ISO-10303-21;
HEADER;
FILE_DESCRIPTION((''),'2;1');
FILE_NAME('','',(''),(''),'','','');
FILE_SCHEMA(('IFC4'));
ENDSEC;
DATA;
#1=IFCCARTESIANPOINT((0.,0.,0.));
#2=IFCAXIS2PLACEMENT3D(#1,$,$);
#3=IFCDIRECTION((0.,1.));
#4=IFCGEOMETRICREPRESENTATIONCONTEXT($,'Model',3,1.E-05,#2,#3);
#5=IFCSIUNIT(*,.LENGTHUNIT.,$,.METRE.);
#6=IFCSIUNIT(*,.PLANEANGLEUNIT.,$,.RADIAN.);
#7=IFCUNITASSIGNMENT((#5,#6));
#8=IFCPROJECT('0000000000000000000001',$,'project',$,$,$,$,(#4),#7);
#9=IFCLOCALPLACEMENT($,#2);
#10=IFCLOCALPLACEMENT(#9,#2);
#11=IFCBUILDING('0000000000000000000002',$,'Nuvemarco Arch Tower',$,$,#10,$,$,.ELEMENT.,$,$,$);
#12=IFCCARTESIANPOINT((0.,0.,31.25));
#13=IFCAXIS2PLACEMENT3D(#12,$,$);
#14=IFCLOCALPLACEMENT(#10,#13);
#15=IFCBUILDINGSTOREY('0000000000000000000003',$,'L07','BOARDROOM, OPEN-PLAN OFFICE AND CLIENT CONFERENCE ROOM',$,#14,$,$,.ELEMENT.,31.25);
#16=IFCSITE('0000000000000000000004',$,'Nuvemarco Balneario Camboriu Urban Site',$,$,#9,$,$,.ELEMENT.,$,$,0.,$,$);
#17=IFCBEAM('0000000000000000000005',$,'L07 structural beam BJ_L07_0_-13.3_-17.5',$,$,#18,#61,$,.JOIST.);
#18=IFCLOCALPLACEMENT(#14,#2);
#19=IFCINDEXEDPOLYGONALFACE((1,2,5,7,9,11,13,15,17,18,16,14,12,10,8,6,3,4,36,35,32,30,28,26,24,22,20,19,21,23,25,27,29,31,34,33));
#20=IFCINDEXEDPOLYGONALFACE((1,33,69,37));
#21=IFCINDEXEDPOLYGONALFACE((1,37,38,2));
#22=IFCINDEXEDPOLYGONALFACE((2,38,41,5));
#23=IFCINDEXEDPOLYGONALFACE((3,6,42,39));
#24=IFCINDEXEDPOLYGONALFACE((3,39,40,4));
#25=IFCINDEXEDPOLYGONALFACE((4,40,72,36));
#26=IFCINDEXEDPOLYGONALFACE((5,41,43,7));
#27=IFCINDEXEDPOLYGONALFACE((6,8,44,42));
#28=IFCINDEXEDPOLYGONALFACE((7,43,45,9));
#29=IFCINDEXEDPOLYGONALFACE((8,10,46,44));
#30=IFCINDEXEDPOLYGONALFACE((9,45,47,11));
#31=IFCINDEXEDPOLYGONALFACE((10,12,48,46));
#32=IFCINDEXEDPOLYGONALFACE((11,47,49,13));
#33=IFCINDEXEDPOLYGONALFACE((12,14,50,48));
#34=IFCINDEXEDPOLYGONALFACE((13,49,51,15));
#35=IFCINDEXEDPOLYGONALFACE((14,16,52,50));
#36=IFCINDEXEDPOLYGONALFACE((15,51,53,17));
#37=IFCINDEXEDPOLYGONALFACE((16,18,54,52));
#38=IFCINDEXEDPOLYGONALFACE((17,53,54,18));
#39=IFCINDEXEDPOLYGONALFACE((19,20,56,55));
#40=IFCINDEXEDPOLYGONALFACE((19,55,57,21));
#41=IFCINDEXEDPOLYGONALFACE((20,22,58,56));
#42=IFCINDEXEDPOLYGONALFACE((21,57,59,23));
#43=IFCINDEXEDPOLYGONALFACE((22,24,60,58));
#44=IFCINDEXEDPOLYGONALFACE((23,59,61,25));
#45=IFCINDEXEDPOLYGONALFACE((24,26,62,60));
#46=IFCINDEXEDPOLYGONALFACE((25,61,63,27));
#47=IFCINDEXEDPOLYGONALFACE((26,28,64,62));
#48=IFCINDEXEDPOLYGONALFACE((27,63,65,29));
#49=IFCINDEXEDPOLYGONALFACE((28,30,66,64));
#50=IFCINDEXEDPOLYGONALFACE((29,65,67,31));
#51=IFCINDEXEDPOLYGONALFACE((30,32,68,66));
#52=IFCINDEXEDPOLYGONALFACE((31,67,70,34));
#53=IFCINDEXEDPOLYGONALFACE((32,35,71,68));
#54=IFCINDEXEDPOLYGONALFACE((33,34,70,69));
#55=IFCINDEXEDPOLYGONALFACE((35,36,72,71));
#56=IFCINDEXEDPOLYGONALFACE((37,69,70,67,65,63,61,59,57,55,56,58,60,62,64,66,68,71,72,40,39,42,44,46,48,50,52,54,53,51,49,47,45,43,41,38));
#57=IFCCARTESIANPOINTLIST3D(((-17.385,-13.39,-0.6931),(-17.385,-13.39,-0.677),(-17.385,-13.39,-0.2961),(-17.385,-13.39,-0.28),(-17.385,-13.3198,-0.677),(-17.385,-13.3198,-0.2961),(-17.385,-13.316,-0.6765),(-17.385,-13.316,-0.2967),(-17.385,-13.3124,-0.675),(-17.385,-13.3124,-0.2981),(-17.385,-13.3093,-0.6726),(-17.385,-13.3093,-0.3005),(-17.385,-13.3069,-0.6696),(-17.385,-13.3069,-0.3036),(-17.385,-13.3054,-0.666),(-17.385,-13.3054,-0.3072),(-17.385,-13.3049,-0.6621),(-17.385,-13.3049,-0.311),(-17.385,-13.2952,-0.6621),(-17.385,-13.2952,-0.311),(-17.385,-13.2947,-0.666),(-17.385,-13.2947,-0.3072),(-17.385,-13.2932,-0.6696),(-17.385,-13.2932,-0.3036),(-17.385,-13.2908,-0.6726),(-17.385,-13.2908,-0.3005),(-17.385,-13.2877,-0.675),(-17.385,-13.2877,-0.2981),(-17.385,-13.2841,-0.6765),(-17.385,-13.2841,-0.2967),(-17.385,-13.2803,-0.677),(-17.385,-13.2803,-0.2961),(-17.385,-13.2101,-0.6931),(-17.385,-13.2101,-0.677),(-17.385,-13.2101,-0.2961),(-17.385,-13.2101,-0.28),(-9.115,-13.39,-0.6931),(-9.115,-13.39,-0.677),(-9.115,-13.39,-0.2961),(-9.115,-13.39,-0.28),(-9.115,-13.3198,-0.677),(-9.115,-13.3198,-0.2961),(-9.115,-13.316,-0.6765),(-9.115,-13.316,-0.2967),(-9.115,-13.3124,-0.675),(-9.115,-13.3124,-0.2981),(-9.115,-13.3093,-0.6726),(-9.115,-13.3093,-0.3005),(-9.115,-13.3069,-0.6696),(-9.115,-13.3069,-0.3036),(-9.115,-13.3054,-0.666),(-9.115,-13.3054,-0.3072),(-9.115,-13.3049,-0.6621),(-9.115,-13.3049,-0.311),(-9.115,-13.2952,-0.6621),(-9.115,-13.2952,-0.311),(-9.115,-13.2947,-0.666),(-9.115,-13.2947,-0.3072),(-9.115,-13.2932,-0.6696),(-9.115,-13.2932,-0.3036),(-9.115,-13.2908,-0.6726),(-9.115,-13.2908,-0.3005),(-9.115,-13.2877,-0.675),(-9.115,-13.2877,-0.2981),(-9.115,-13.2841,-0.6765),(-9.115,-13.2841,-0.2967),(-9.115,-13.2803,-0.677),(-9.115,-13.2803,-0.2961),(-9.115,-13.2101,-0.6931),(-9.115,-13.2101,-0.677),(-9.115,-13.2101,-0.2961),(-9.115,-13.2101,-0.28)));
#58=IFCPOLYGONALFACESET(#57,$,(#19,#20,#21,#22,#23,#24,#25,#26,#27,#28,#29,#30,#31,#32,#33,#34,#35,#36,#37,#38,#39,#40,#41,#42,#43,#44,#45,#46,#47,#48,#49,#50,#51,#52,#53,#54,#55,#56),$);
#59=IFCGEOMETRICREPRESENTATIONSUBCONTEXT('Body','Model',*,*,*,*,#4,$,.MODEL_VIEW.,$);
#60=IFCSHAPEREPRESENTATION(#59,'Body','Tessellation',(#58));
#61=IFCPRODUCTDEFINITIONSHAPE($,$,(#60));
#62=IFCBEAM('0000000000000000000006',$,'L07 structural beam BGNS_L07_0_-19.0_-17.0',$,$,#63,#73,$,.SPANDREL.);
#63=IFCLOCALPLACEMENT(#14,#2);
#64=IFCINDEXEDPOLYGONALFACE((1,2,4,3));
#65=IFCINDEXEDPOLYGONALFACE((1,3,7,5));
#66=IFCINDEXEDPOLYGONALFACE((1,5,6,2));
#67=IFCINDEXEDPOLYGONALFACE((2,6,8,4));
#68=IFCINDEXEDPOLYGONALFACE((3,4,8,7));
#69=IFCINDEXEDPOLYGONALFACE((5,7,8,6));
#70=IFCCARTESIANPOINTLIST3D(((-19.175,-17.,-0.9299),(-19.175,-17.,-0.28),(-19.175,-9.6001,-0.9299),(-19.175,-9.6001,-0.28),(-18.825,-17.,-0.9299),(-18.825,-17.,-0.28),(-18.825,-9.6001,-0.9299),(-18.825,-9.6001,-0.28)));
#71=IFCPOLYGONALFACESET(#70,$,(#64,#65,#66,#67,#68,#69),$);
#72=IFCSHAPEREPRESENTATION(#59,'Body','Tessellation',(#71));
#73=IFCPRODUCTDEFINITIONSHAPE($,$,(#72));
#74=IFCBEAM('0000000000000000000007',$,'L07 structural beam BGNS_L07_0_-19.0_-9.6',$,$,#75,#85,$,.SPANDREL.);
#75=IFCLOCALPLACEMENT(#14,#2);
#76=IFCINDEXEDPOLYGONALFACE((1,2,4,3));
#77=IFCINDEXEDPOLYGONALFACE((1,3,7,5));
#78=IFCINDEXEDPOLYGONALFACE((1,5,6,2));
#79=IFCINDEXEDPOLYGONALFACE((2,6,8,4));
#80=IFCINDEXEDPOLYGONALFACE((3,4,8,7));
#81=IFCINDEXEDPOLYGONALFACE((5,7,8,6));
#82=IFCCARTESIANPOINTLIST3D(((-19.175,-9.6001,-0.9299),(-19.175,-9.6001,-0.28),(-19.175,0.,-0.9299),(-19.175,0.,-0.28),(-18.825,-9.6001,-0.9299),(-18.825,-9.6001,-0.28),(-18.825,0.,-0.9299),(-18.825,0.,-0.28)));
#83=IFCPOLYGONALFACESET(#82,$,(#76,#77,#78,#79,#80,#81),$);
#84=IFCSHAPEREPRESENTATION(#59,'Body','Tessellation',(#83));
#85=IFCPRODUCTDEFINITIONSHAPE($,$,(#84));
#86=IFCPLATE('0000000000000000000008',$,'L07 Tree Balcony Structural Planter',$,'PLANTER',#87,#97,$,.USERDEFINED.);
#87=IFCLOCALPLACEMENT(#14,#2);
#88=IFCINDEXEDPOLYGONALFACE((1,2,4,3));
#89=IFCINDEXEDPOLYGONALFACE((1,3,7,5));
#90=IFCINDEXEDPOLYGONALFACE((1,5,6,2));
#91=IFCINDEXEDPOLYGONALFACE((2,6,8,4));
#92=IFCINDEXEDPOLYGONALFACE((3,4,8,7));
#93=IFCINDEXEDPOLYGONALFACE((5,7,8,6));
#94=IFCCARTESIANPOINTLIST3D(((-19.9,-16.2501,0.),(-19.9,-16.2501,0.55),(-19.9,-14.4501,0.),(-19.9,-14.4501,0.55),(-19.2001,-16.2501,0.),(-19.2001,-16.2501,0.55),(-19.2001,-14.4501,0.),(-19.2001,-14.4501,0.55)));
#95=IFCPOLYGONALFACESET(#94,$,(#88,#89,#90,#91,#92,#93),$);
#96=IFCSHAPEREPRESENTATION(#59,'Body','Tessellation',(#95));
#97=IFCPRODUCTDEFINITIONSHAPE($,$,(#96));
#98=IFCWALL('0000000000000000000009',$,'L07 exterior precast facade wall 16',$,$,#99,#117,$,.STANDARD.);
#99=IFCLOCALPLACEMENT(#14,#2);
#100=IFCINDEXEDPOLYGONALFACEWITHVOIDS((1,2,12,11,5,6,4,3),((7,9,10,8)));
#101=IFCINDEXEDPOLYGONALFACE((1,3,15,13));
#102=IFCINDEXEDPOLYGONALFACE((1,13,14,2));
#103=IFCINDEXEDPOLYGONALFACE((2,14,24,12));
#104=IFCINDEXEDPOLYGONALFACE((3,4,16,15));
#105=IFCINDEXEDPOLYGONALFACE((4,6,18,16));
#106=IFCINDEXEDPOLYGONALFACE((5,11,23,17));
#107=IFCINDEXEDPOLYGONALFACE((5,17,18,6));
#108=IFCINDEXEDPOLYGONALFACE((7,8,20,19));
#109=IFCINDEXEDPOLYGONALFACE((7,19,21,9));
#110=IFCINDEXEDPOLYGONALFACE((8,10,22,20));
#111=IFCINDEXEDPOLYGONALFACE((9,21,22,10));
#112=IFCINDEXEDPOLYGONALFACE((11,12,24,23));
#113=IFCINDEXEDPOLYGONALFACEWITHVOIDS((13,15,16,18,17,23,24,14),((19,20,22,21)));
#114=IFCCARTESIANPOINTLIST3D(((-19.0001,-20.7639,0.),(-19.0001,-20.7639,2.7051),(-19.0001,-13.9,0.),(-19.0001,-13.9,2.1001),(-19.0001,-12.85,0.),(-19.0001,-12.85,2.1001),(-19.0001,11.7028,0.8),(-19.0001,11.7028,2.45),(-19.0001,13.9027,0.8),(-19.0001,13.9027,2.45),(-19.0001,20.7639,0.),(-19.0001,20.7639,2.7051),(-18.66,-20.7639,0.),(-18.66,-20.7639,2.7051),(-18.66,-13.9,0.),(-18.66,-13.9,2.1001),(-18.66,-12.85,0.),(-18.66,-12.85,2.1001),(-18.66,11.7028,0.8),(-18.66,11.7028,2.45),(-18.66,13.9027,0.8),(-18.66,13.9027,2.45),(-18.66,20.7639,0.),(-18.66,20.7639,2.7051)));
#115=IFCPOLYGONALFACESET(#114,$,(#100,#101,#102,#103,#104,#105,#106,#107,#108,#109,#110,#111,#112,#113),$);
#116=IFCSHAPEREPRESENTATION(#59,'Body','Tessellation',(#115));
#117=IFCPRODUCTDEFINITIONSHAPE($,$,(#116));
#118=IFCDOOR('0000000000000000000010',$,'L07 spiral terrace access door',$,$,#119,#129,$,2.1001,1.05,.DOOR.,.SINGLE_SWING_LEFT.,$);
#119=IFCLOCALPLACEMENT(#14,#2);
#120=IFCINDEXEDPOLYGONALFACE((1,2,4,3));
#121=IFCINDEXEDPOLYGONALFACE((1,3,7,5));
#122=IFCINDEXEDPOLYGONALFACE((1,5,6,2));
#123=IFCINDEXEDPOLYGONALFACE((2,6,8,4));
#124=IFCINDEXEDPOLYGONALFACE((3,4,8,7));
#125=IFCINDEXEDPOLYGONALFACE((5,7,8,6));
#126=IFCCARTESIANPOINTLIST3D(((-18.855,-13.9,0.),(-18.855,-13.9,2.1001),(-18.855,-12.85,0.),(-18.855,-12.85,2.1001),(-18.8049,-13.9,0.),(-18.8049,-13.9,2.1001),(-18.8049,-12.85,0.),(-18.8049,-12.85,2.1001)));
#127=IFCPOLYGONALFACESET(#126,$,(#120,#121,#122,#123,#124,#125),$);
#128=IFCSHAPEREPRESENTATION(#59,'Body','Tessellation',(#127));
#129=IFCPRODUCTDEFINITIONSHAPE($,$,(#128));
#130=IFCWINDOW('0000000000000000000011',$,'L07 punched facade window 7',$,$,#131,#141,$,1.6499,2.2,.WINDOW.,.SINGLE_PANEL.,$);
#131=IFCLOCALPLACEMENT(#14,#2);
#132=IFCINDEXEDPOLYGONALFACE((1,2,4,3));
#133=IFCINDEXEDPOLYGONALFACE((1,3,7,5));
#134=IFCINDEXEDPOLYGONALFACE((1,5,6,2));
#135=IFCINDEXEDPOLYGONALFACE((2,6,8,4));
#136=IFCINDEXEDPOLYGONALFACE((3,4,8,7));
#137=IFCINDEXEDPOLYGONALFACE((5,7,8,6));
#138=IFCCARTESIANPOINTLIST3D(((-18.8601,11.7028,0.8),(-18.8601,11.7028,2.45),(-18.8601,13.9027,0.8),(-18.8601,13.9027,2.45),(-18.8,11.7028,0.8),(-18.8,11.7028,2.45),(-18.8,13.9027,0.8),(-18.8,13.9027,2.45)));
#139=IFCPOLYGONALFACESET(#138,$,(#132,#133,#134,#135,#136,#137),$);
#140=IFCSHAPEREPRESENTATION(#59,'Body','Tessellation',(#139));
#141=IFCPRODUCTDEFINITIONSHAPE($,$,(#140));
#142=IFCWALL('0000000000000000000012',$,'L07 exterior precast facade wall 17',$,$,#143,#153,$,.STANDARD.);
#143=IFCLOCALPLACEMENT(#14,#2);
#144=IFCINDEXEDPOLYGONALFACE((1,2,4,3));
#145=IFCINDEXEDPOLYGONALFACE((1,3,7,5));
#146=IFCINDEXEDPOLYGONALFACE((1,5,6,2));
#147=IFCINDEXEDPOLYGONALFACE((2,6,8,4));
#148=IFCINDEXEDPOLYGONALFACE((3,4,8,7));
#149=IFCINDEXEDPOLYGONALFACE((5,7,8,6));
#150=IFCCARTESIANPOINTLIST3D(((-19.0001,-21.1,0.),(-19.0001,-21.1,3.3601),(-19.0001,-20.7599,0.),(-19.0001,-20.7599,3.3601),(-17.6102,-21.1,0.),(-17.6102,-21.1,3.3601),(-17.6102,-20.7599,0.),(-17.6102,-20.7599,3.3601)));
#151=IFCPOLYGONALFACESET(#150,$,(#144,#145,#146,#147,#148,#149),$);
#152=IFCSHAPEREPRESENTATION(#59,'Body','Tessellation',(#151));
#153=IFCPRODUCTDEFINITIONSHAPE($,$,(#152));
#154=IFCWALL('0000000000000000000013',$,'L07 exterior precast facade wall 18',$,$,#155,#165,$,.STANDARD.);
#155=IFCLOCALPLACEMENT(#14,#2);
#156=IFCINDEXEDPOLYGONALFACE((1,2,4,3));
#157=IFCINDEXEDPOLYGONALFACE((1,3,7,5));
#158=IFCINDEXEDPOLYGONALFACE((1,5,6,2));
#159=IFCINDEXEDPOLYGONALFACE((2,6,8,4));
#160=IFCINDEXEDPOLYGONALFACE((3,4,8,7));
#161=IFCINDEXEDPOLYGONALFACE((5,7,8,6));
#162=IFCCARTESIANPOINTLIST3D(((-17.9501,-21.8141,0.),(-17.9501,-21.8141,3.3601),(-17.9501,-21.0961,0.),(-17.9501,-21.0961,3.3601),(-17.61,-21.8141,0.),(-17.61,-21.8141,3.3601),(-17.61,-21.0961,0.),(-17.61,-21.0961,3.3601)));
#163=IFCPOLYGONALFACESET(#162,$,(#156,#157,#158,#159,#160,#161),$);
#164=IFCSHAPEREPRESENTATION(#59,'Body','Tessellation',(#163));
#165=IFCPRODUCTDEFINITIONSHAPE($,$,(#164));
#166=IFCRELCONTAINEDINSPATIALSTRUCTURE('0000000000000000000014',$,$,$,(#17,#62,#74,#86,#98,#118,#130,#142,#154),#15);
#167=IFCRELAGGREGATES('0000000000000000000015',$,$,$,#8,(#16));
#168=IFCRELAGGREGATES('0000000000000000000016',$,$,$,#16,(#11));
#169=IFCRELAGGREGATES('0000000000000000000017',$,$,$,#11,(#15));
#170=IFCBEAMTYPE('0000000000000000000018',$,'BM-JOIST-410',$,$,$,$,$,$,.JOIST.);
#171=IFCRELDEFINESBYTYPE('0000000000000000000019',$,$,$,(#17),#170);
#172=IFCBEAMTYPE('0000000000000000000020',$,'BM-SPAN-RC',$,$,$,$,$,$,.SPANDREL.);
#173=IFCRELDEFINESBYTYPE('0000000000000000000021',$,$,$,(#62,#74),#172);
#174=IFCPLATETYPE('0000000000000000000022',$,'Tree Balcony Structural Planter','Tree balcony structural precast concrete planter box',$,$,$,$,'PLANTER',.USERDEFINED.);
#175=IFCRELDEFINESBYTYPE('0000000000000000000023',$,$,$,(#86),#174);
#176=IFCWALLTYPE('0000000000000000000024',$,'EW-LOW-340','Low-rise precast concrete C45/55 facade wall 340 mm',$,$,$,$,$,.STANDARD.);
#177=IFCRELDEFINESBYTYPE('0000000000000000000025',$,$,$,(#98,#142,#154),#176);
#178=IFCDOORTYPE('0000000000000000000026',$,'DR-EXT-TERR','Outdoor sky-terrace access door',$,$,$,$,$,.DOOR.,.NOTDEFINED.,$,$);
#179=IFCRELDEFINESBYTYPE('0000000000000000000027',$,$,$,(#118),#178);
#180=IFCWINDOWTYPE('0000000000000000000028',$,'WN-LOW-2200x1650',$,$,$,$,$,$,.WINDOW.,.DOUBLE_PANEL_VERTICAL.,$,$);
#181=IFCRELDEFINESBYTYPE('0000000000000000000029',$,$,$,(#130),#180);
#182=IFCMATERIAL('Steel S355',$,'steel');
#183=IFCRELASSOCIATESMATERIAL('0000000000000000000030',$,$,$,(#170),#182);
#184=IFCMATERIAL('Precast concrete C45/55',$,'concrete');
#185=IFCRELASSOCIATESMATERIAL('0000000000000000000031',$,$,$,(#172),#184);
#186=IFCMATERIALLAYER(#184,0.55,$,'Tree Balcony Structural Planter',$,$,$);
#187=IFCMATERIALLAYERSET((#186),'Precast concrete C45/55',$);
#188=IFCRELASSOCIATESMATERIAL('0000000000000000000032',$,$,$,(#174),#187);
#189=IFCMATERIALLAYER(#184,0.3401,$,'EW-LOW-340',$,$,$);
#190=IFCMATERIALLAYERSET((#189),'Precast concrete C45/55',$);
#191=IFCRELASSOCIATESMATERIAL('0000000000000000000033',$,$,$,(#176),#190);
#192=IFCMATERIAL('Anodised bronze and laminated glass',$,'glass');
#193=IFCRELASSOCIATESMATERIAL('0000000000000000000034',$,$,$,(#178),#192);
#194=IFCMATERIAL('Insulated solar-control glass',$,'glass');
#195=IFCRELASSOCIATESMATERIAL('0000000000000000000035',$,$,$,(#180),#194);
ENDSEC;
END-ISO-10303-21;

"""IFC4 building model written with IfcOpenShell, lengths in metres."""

from ifc_helpers import new_model, si_unit, direction, frame, frame_2d, origin, origin_2d, place, context, subcontext, project, spatial, rectangle, i_section, extrude, source, transform, mapped, material, layer, layer_set, material_profile, profile_set, type_object, type_shapes, element, fill, save


model = new_model("IFC4")

# Units and contexts
model_context = context("Model", 3, precision=1e-05, world=origin(), true_north=direction((0.0, 1.0)))
body_context = subcontext(model_context, "Body", "Model", "MODEL_VIEW")
ifc_project = project(units=[si_unit("LENGTHUNIT", "METRE"), si_unit("PLANEANGLEUNIT", "RADIAN")], contexts=[model_context])

# Site, building, storey
site_placement = place(None, origin())
site = spatial("IfcSite", under=ifc_project, at=site_placement, Name="Nuvemarco Balneario Camboriu Urban Site", CompositionType="ELEMENT", RefElevation=0.0)
building_placement = place(site_placement, origin())
building = spatial("IfcBuilding", under=site, at=building_placement, Name="Nuvemarco Arch Tower", CompositionType="ELEMENT")
storey_placement = place(building_placement, frame((0.0, 0.0, 31.25)))
storey = spatial("IfcBuildingStorey", under=building, at=storey_placement, Name="L07", Description="BOARDROOM, OPEN-PLAN OFFICE AND CLIENT CONFERENCE ROOM", CompositionType="ELEMENT", Elevation=31.25)

# Shared definitions
ifc_material_1 = material(Name="Steel S355", Category="steel")

# Beams
ifc_material_profile_1 = material_profile(ifc_material_1, i_section(OverallWidth=0.1799, OverallDepth=0.4131, WebThickness=0.0098, FlangeThickness=0.0161, FilletRadius=0.0149, at=origin_2d()), Name="W410x75")
ifc_profile_set_1 = profile_set([ifc_material_profile_1], Name="Steel S355")
beam_type_1 = type_object("IfcBeamType", Name="BM-JOIST-410", PredefinedType="JOIST", material=ifc_profile_set_1)
beam_1_placement = place(storey_placement, frame((-17.385, -13.3, -0.4866), z_axis=(1.0, 0.0, 0.0), x_axis=(0.0, 1.0, 0.0)))
element("IfcBeam", 1, at=beam_1_placement, inside=storey, type_object=beam_type_1, Name="L07 structural beam BJ_L07_0_-13.3_-17.5", PredefinedType="JOIST", context=body_context, shape_type="SweptSolid", body=[
    extrude(i_section(OverallWidth=0.1799, OverallDepth=0.4131, WebThickness=0.0098, FlangeThickness=0.0161, FilletRadius=0.0149, at=origin_2d()), origin(), (0.0, 0.0, 1.0), 8.27),
])
ifc_material_2 = material(Name="Precast concrete C45/55", Category="concrete")
ifc_material_profile_2 = material_profile(ifc_material_2, rectangle(XDim=0.3501, YDim=0.6499, at=origin_2d()), Name="PC-SP-350x650")
ifc_profile_set_2 = profile_set([ifc_material_profile_2], Name="Precast concrete C45/55")
beam_type_2 = type_object("IfcBeamType", Name="BM-SPAN-RC", PredefinedType="SPANDREL", material=ifc_profile_set_2)
beam_2_placement = place(storey_placement, frame((-19.0, -17.0, -0.605), z_axis=(0.0, 1.0, 0.0), x_axis=(-1.0, 0.0, 0.0)))
element("IfcBeam", 2, at=beam_2_placement, inside=storey, type_object=beam_type_2, Name="L07 structural beam BGNS_L07_0_-19.0_-17.0", PredefinedType="SPANDREL", context=body_context, shape_type="SweptSolid", body=[
    extrude(rectangle(XDim=0.3501, YDim=0.6499, at=origin_2d()), origin(), (0.0, 0.0, 1.0), 7.3999),
])
beam_3_placement = place(storey_placement, frame((-19.0, -9.6001, -0.605), z_axis=(0.0, 1.0, 0.0), x_axis=(-1.0, 0.0, 0.0)))
element("IfcBeam", 3, at=beam_3_placement, inside=storey, type_object=beam_type_2, Name="L07 structural beam BGNS_L07_0_-19.0_-9.6", PredefinedType="SPANDREL", context=body_context, shape_type="SweptSolid", body=[
    extrude(rectangle(XDim=0.3501, YDim=0.6499, at=origin_2d()), origin(), (0.0, 0.0, 1.0), 9.6001),
])

# Plate
ifc_layer_1 = layer(ifc_material_2, 0.55, Name="Tree Balcony Structural Planter")
ifc_layer_set_1 = layer_set([ifc_layer_1], Name="Precast concrete C45/55")
plate_type = type_object("IfcPlateType", Name="Tree Balcony Structural Planter", Description="Tree balcony structural precast concrete planter box", ElementType="PLANTER", PredefinedType="USERDEFINED", material=ifc_layer_set_1)
shared_shape_1 = source(origin(), body_context, "Body", "SweptSolid", [
    extrude(rectangle(XDim=1.8, YDim=0.7, at=origin_2d()), origin(), (0.0, 0.0, 1.0), 0.55),
])
type_shapes(plate_type, [shared_shape_1])
plate_placement = place(storey_placement, frame((-19.55, -15.3501, 0.0), z_axis=(0.0, 0.0, 1.0), x_axis=(0.0, 1.0, 0.0)))
element("IfcPlate", 4, at=plate_placement, inside=storey, type_object=plate_type, Name="L07 Tree Balcony Structural Planter", ObjectType="PLANTER", PredefinedType="USERDEFINED", context=body_context, shape_type="MappedRepresentation", body=[
    mapped(shared_shape_1, transform((0.0, 0.0, 0.0), scale=1.0)),
])

# Wall, openings, door, window
ifc_layer_2 = layer(ifc_material_2, 0.3401, Name="EW-LOW-340")
ifc_layer_set_2 = layer_set([ifc_layer_2], Name="Precast concrete C45/55")
wall_type = type_object("IfcWallType", Name="EW-LOW-340", Description="Low-rise precast concrete C45/55 facade wall 340 mm", PredefinedType="STANDARD", material=ifc_layer_set_2)
wall_1_placement = place(storey_placement, frame((-18.8301, -20.7639, 0.0), z_axis=(0.0, 0.0, 1.0), x_axis=(0.0, 1.0, 0.0)))
wall_1 = element("IfcWall", 5, at=wall_1_placement, inside=storey, type_object=wall_type, Name="L07 exterior precast facade wall 16", PredefinedType="STANDARD", context=body_context, shape_type="SweptSolid", body=[
    extrude(rectangle(XDim=41.5278, YDim=0.3401, at=frame_2d((20.7639, 0.0))), origin(), (0.0, 0.0, 1.0), 2.7051),
])
opening_1_placement = place(wall_1_placement, frame((6.864, 0.0, 0.0)))
opening_1 = element("IfcOpeningElement", 6, at=opening_1_placement, cuts=wall_1, PredefinedType="OPENING", context=body_context, shape_type="SweptSolid", body=[
    extrude(rectangle(XDim=1.05, YDim=2.1001, at=frame_2d((0.5249, 1.05))), frame((0.0, 0.1799, 0.0), z_axis=(0.0, -1.0, 0.0), x_axis=(1.0, 0.0, 0.0)), (0.0, 0.0, 1.0), 0.3601),
])
opening_2_placement = place(wall_1_placement, frame((32.4666, 0.0, 0.8)))
opening_2 = element("IfcOpeningElement", 7, at=opening_2_placement, cuts=wall_1, PredefinedType="OPENING", context=body_context, shape_type="SweptSolid", body=[
    extrude(rectangle(XDim=2.2, YDim=1.6499, at=frame_2d((1.1001, 0.825))), frame((0.0, 0.1799, 0.0), z_axis=(0.0, -1.0, 0.0), x_axis=(1.0, 0.0, 0.0)), (0.0, 0.0, 1.0), 0.3601),
])
ifc_material_3 = material(Name="Anodised bronze and laminated glass", Category="glass")
door_type = type_object("IfcDoorType", Name="DR-EXT-TERR", Description="Outdoor sky-terrace access door", OperationType="NOTDEFINED", PredefinedType="DOOR", material=ifc_material_3)
shared_shape_2 = source(origin(), body_context, "Body", "SweptSolid", [
    extrude(rectangle(XDim=1.05, YDim=2.1001, at=frame_2d((0.5249, 1.05))), frame((0.0, 0.0249, 0.0), z_axis=(0.0, -1.0, 0.0), x_axis=(1.0, 0.0, 0.0)), (0.0, 0.0, 1.0), 0.05),
])
type_shapes(door_type, [shared_shape_2])
door_placement = place(opening_1_placement, origin())
door = element("IfcDoor", 8, at=door_placement, inside=storey, type_object=door_type, Name="L07 spiral terrace access door", OperationType="SINGLE_SWING_LEFT", OverallHeight=2.1001, OverallWidth=1.05, PredefinedType="DOOR", context=body_context, shape_type="MappedRepresentation", body=[
    mapped(shared_shape_2, transform((0.0, 0.0, 0.0), scale=1.0)),
])
fill(opening_1, door)
ifc_material_4 = material(Name="Insulated solar-control glass", Category="glass")
window_type = type_object("IfcWindowType", Name="WN-LOW-2200x1650", PartitioningType="DOUBLE_PANEL_VERTICAL", PredefinedType="WINDOW", material=ifc_material_4)
shared_shape_3 = source(origin(), body_context, "Body", "SweptSolid", [
    extrude(rectangle(XDim=2.2, YDim=1.6499, at=frame_2d((1.1001, 0.825))), frame((0.0, 0.03, 0.0), z_axis=(0.0, -1.0, 0.0), x_axis=(1.0, 0.0, 0.0)), (0.0, 0.0, 1.0), 0.0601),
])
type_shapes(window_type, [shared_shape_3])
window_placement = place(opening_2_placement, origin())
window = element("IfcWindow", 9, at=window_placement, inside=storey, type_object=window_type, Name="L07 punched facade window 7", OverallHeight=1.6499, OverallWidth=2.2, PartitioningType="SINGLE_PANEL", PredefinedType="WINDOW", context=body_context, shape_type="MappedRepresentation", body=[
    mapped(shared_shape_3, transform((0.0, 0.0, 0.0), scale=1.0)),
])
fill(opening_2, window)

# Walls
wall_2_placement = place(storey_placement, frame((-19.0, -20.9299, 0.0), z_axis=(0.0, 0.0, 1.0), x_axis=(1.0, 0.0, 0.0)))
element("IfcWall", 10, at=wall_2_placement, inside=storey, type_object=wall_type, Name="L07 exterior precast facade wall 17", PredefinedType="STANDARD", context=body_context, shape_type="SweptSolid", body=[
    extrude(rectangle(XDim=1.3899, YDim=0.3401, at=frame_2d((0.6948, 0.0))), origin(), (0.0, 0.0, 1.0), 3.3601),
])
wall_3_placement = place(storey_placement, frame((-17.78, -21.814, 0.0), z_axis=(0.0, 0.0, 1.0), x_axis=(0.0, 1.0, 0.0)))
element("IfcWall", 11, at=wall_3_placement, inside=storey, type_object=wall_type, Name="L07 exterior precast facade wall 18", PredefinedType="STANDARD", context=body_context, shape_type="SweptSolid", body=[
    extrude(rectangle(XDim=0.718, YDim=0.3401, at=frame_2d((0.3589, 0.0))), origin(), (0.0, 0.0, 1.0), 3.3601),
])

save(model, "model.ifc")
